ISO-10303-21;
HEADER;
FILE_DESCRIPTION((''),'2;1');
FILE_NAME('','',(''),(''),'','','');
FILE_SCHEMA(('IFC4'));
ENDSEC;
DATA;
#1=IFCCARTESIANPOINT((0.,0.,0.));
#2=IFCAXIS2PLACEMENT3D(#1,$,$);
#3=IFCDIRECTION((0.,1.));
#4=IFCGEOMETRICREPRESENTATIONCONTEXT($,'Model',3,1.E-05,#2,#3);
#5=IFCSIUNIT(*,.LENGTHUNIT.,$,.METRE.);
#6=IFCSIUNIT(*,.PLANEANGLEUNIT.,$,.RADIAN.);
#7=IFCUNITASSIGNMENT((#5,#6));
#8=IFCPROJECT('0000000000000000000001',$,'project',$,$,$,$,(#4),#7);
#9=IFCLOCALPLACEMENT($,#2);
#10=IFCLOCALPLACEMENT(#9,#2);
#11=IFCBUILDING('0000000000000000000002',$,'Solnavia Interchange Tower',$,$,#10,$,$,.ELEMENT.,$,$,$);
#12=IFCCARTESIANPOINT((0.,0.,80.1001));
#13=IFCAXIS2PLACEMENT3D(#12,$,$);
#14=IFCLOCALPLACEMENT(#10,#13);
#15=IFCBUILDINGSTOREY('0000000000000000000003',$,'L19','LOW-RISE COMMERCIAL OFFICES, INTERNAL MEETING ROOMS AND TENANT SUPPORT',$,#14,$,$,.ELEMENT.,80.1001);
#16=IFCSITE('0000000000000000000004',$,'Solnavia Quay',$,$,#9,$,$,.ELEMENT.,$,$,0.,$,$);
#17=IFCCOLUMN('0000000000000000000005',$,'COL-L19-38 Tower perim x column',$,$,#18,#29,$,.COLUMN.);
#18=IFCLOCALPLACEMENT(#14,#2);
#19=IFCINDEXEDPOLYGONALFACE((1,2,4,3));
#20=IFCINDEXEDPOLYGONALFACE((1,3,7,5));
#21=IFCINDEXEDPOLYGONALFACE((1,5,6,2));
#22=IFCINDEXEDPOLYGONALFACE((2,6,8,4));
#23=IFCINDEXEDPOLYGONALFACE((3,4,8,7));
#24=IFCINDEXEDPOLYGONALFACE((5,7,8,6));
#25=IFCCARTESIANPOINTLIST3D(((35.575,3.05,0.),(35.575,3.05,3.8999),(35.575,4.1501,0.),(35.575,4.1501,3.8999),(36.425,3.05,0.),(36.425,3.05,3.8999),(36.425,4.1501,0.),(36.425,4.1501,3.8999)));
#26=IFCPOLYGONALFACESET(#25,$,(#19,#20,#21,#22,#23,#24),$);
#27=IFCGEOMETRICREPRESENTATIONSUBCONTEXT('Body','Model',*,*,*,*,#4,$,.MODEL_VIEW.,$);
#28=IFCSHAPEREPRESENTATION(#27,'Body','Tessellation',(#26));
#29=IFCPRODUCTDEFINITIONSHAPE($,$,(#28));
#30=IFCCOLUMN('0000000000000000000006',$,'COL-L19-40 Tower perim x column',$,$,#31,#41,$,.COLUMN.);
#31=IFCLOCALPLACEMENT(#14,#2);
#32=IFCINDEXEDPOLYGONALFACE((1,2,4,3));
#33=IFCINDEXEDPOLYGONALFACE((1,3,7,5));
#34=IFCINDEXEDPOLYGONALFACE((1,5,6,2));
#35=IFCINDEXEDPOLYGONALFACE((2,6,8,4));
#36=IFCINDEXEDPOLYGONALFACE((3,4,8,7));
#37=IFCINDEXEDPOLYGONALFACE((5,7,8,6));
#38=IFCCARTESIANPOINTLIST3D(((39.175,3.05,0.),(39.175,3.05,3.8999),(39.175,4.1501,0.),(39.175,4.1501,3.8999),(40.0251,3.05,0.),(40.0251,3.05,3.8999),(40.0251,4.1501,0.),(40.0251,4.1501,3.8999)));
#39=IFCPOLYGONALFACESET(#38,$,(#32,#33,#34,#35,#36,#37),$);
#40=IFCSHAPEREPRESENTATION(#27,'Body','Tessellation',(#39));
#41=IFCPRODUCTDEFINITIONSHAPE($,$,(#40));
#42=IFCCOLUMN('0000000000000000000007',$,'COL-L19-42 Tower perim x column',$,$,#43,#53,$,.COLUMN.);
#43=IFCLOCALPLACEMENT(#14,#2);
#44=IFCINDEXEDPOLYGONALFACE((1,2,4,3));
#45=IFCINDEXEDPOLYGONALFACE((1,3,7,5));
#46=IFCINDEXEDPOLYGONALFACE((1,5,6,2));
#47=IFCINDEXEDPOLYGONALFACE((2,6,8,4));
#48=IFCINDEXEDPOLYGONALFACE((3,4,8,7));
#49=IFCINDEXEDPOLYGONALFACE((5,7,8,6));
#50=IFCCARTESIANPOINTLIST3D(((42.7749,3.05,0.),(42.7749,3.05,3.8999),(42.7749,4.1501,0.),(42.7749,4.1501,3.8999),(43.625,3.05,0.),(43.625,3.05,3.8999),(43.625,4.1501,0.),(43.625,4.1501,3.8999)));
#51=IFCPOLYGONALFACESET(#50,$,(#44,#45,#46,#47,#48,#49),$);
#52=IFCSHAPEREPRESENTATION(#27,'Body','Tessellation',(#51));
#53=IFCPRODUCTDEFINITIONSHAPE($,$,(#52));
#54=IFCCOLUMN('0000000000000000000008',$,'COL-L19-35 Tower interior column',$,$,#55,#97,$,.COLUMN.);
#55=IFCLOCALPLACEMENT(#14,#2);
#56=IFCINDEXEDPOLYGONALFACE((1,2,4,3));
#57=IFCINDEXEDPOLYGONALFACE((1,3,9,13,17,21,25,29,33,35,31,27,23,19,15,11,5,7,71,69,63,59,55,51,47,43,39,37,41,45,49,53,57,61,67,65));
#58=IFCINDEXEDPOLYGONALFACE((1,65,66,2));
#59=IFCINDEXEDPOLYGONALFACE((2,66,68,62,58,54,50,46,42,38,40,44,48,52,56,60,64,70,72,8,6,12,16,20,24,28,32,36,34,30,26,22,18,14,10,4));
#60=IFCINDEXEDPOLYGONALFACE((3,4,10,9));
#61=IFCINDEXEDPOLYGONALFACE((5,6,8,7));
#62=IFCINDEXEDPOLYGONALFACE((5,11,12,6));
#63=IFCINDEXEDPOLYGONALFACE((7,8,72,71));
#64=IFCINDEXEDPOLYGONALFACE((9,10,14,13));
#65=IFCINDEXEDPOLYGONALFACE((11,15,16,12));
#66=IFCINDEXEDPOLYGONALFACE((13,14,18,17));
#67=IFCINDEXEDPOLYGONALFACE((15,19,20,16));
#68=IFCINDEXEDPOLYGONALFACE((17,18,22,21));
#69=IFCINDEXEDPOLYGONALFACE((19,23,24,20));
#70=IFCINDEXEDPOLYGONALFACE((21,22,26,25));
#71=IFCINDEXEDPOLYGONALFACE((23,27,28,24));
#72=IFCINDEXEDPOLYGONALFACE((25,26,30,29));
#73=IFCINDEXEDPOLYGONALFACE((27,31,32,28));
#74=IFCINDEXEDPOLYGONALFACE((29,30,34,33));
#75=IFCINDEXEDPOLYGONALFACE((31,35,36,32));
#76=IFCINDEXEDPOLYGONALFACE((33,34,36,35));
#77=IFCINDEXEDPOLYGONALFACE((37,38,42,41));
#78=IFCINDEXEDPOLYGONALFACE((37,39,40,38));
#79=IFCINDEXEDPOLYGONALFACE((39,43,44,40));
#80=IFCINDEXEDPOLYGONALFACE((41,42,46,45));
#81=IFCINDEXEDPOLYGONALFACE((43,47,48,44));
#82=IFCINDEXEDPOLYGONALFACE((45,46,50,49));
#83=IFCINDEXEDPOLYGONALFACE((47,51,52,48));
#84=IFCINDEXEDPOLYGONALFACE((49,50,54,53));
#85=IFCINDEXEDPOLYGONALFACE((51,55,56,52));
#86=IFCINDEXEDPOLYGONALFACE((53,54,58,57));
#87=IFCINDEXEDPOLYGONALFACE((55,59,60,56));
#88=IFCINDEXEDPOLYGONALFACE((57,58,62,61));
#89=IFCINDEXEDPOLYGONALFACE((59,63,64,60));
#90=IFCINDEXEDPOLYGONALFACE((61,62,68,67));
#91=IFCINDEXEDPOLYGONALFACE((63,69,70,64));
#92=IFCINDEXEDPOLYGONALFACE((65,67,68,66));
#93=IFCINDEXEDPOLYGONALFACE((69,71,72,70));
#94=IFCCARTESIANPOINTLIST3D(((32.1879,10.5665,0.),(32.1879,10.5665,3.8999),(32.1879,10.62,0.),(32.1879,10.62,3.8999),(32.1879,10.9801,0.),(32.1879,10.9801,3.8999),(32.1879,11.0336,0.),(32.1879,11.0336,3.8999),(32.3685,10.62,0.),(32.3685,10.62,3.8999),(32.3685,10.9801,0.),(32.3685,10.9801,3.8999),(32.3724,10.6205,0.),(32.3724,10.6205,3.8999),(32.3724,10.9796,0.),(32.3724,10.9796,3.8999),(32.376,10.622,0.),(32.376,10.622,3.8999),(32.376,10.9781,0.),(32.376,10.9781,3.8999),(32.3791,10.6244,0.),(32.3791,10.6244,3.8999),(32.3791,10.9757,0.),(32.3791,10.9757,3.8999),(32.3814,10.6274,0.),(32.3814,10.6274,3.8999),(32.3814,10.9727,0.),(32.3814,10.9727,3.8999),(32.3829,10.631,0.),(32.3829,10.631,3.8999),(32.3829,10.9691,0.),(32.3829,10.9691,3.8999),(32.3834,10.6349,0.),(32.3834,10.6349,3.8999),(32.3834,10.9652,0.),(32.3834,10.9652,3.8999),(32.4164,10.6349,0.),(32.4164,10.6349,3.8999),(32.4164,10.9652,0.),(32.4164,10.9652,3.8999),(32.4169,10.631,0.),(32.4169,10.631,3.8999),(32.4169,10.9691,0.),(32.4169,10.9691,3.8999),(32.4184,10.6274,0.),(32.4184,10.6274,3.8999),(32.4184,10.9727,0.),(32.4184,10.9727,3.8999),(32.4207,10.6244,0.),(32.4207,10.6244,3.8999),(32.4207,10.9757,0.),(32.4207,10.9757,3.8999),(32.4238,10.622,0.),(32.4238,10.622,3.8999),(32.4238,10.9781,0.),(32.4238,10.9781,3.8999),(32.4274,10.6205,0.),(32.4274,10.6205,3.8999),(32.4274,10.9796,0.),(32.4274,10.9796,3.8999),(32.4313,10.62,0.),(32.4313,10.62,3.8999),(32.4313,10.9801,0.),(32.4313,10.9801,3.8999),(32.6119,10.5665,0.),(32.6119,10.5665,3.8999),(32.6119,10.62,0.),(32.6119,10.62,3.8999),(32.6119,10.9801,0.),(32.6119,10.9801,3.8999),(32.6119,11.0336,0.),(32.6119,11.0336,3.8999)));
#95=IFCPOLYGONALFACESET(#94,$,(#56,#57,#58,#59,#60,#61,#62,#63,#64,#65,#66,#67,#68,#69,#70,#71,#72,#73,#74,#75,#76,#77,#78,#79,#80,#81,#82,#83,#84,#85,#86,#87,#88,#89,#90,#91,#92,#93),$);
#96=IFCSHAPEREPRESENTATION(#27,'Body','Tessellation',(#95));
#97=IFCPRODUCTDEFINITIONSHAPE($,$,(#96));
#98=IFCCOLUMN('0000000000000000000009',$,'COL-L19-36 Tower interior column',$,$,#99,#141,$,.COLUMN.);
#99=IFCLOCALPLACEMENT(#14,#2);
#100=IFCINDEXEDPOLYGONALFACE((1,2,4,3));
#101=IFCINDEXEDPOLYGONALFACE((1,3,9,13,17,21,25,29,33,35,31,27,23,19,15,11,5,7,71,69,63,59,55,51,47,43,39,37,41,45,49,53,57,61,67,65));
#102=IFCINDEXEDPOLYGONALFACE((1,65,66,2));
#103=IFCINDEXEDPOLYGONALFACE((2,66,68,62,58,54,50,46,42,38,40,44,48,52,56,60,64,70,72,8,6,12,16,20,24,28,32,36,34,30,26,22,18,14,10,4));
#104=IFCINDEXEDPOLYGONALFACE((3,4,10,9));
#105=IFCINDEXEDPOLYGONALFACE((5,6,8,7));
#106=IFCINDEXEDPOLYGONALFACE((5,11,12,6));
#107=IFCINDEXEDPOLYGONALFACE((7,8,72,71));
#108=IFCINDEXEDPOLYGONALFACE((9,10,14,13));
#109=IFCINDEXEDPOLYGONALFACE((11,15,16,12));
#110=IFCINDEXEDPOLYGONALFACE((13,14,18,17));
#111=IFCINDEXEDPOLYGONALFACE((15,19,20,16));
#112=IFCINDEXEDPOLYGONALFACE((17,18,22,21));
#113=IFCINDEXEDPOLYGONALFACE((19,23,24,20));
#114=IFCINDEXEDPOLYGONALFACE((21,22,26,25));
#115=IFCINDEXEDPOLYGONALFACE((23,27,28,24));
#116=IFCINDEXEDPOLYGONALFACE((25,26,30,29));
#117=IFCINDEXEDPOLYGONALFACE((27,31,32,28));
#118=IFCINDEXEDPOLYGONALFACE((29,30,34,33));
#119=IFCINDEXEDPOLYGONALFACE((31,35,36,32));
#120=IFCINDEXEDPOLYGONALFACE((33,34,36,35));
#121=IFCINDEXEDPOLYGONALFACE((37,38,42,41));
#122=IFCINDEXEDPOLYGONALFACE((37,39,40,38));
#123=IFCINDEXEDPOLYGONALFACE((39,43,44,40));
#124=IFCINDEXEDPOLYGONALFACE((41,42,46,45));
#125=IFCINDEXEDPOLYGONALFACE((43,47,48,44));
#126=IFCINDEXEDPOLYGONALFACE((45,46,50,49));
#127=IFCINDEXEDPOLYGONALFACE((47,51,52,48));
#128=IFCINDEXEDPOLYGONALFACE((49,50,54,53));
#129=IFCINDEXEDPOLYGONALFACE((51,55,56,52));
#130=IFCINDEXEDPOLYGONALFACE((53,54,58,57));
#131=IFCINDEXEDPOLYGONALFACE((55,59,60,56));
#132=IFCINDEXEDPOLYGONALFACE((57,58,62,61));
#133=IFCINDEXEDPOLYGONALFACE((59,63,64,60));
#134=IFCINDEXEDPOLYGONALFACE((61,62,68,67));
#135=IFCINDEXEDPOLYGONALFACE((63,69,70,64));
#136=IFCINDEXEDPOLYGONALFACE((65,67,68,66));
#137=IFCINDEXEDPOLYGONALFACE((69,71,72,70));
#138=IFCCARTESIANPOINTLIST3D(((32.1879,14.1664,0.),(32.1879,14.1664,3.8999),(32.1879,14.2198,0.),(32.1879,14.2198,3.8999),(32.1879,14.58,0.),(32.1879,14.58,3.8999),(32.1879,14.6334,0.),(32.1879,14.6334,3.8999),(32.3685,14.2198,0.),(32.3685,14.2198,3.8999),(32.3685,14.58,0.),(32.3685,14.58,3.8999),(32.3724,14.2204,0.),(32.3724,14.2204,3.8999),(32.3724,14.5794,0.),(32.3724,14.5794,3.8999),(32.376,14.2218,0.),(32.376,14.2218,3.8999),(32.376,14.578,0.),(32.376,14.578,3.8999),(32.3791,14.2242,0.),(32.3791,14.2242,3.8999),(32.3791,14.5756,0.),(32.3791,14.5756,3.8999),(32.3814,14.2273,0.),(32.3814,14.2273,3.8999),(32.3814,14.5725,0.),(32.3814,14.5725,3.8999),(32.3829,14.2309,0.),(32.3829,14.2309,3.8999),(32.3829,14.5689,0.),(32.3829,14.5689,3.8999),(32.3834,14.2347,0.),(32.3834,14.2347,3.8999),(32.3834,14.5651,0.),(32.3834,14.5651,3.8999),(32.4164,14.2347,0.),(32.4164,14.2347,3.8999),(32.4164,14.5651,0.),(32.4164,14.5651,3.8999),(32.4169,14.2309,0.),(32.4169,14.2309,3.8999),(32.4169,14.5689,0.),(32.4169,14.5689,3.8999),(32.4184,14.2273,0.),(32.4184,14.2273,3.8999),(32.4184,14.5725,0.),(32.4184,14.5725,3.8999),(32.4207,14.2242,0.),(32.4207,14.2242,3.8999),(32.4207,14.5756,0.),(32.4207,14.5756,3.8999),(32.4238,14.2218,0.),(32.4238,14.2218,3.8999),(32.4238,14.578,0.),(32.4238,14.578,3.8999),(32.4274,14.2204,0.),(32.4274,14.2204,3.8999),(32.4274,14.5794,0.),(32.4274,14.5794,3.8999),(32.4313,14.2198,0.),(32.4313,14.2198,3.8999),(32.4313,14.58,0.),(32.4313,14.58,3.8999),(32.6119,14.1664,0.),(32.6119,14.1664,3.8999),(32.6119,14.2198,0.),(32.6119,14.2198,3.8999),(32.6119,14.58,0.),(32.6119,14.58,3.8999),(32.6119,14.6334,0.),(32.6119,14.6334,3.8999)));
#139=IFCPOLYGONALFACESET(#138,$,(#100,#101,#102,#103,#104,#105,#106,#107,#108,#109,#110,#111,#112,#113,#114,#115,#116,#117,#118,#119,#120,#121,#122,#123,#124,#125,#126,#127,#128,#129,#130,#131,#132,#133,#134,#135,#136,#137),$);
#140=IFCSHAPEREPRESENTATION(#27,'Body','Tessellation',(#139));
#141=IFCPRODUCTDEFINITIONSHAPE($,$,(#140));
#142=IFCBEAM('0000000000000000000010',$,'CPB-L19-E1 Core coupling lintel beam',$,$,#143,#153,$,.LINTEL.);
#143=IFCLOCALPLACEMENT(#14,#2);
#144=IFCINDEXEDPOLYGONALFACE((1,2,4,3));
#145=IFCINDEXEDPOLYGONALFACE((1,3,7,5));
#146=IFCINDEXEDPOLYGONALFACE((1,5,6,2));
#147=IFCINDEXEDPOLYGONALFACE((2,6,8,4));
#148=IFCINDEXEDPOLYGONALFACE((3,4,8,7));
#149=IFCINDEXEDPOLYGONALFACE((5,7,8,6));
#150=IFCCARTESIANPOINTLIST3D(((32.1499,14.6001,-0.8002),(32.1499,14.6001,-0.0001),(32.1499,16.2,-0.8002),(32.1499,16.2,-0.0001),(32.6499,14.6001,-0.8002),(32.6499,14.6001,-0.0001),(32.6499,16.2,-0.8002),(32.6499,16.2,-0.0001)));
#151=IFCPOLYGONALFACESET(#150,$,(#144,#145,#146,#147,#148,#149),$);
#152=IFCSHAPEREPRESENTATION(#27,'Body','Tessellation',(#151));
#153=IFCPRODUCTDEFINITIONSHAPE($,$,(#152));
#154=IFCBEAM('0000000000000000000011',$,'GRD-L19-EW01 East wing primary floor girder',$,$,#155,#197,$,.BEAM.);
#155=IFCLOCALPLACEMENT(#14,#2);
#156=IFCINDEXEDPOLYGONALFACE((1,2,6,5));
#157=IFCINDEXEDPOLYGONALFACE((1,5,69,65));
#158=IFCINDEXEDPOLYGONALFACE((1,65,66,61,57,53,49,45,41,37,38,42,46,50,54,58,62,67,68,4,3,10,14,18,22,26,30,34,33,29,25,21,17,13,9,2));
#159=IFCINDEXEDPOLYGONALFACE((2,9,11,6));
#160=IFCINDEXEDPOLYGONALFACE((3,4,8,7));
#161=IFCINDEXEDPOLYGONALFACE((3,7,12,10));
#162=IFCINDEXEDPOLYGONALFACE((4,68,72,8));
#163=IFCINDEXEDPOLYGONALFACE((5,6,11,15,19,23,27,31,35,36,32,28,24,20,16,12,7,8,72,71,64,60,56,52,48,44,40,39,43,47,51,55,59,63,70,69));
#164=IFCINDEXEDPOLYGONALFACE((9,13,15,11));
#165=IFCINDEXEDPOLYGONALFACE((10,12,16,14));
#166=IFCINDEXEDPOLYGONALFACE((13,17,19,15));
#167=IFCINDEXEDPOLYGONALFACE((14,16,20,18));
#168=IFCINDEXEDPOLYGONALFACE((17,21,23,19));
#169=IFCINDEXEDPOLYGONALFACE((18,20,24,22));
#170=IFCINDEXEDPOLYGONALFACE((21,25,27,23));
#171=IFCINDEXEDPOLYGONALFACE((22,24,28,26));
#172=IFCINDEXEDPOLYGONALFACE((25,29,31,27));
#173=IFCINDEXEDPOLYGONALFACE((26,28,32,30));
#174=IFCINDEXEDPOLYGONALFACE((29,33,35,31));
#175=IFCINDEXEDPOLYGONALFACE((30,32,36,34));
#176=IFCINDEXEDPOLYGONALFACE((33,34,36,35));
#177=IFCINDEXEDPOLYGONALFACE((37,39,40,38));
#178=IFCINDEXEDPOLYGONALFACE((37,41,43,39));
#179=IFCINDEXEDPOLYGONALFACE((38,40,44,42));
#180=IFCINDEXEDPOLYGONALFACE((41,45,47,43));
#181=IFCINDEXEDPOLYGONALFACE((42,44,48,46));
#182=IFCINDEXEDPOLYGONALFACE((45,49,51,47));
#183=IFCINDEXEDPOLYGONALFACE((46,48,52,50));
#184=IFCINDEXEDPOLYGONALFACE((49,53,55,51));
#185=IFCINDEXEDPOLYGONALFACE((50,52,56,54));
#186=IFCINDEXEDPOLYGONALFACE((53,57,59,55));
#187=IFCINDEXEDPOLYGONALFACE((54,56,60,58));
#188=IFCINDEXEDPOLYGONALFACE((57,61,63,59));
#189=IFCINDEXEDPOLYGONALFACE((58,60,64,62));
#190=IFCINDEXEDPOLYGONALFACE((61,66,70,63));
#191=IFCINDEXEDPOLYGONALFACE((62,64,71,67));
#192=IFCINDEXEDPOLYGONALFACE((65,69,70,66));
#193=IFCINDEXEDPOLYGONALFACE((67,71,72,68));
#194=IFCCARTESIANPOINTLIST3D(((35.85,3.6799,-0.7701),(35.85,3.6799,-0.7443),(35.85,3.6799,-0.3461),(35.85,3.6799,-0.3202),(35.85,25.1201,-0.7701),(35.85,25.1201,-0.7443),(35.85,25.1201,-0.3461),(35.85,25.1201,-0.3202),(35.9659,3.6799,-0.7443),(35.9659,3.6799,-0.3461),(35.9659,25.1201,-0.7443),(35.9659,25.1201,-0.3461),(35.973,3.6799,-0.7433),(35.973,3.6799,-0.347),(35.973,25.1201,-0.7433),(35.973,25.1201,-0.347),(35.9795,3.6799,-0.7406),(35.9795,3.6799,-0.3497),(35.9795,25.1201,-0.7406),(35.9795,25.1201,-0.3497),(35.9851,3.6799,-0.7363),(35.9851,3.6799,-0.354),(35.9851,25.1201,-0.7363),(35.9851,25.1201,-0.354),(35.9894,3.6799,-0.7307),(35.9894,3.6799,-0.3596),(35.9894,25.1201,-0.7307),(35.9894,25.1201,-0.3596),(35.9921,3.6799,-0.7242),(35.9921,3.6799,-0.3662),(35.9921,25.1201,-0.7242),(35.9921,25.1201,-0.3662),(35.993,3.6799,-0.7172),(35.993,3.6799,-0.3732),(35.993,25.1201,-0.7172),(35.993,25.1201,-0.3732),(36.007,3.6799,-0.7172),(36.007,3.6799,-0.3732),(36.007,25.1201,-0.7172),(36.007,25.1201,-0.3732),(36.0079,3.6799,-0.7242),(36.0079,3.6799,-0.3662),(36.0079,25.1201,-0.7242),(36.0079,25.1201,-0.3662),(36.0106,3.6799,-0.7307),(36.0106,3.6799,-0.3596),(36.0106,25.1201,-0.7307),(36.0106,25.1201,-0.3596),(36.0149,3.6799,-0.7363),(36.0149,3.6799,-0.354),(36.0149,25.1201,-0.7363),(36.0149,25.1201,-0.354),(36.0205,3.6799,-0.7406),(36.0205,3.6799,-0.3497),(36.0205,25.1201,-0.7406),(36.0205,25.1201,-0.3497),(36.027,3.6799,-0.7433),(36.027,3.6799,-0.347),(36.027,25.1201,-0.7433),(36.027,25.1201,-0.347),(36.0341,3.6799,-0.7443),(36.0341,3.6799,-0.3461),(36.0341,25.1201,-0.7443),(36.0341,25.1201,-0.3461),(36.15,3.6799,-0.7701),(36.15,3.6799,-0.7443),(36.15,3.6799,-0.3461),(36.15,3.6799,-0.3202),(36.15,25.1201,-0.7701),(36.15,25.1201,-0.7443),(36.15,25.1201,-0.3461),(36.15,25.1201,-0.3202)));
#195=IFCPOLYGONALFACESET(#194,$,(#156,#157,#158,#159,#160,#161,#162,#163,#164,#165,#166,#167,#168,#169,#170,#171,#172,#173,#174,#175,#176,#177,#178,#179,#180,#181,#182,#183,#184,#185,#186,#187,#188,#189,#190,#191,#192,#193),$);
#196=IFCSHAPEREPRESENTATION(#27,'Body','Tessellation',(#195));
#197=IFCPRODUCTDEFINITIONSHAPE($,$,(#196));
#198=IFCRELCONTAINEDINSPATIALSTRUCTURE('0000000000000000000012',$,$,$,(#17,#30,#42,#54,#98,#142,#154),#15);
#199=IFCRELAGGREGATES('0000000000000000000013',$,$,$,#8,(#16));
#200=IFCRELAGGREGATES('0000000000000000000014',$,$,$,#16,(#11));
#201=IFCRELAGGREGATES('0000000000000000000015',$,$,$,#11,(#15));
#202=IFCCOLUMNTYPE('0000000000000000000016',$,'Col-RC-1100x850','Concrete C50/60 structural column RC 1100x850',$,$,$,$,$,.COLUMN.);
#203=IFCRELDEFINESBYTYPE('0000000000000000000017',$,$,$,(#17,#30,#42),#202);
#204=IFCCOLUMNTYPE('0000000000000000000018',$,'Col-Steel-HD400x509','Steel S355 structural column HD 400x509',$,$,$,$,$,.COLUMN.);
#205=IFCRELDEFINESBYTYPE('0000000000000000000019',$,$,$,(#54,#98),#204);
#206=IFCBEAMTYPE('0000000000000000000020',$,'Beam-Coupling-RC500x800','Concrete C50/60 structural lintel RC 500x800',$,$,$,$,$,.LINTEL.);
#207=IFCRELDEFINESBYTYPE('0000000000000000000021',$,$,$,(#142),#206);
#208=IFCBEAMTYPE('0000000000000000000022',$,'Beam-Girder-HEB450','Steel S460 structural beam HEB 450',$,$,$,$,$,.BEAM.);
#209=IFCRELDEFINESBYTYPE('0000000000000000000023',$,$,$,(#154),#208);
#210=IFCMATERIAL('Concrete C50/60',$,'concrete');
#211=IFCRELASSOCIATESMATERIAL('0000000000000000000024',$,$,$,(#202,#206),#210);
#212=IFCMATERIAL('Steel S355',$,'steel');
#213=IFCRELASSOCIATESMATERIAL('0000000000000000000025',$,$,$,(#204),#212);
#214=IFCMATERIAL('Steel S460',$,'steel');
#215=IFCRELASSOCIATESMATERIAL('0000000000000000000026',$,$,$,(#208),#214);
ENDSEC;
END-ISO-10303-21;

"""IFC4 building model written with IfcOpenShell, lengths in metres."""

from ifc_helpers import new_model, si_unit, direction, frame, origin, origin_2d, place, context, subcontext, project, spatial, rectangle, i_section, extrude, material, material_profile, profile_set, type_object, element, save


model = new_model("IFC4")

# Units and contexts
model_context = context("Model", 3, precision=1e-05, world=origin(), true_north=direction((0.0, 1.0)))
body_context = subcontext(model_context, "Body", "Model", "MODEL_VIEW")
ifc_project = project(units=[si_unit("LENGTHUNIT", "METRE"), si_unit("PLANEANGLEUNIT", "RADIAN")], contexts=[model_context])

# Site, building, storey
site_placement = place(None, origin())
site = spatial("IfcSite", under=ifc_project, at=site_placement, Name="Solnavia Quay", CompositionType="ELEMENT", RefElevation=0.0)
building_placement = place(site_placement, origin())
building = spatial("IfcBuilding", under=site, at=building_placement, Name="Solnavia Interchange Tower", CompositionType="ELEMENT")
storey_placement = place(building_placement, frame((0.0, 0.0, 80.1001)))
storey = spatial("IfcBuildingStorey", under=building, at=storey_placement, Name="L19", Description="LOW-RISE COMMERCIAL OFFICES, INTERNAL MEETING ROOMS AND TENANT SUPPORT", CompositionType="ELEMENT", Elevation=80.1001)

# Columns
ifc_material_1 = material(Name="Concrete C50/60", Category="concrete")
ifc_material_profile_1 = material_profile(ifc_material_1, rectangle(XDim=0.8501, YDim=1.1001, at=origin_2d()), Name="RC 1100x850")
ifc_profile_set_1 = profile_set([ifc_material_profile_1], Name="Concrete C50/60")
column_type_1 = type_object("IfcColumnType", Name="Col-RC-1100x850", Description="Concrete C50/60 structural column RC 1100x850", PredefinedType="COLUMN", material=ifc_profile_set_1)
for number, where, z_axis, x_axis, name in (
    (1, (36.0, 3.6001, 0.0), (0.0, 0.0, 1.0), (1.0, 0.0, 0.0), "COL-L19-38 Tower perim x column"),
    (2, (39.6001, 3.6001, 0.0), (0.0, 0.0, 1.0), (1.0, 0.0, 0.0), "COL-L19-40 Tower perim x column"),
    (3, (43.2, 3.6001, 0.0), (0.0, 0.0, 1.0), (1.0, 0.0, 0.0), "COL-L19-42 Tower perim x column"),
):
    element("IfcColumn", number, at=place(storey_placement, frame(where, z_axis=z_axis, x_axis=x_axis)), inside=storey, type_object=column_type_1, Name=name, PredefinedType="COLUMN", context=body_context, shape_type="SweptSolid", body=[
        extrude(rectangle(XDim=0.8501, YDim=1.1001, at=origin_2d()), origin(), (0.0, 0.0, 1.0), 3.8999),
    ])
ifc_material_2 = material(Name="Steel S355", Category="steel")
ifc_material_profile_2 = material_profile(ifc_material_2, i_section(OverallWidth=0.4241, OverallDepth=0.467, WebThickness=0.033, FlangeThickness=0.0535, FilletRadius=0.0149, at=origin_2d()), Name="HD 400x509")
ifc_profile_set_2 = profile_set([ifc_material_profile_2], Name="Steel S355")
column_type_2 = type_object("IfcColumnType", Name="Col-Steel-HD400x509", Description="Steel S355 structural column HD 400x509", PredefinedType="COLUMN", material=ifc_profile_set_2)
for number, where, z_axis, x_axis, name in (
    (4, (32.3999, 10.8, 0.0), (0.0, 0.0, 1.0), (1.0, 0.0, 0.0), "COL-L19-35 Tower interior column"),
    (5, (32.3999, 14.3999, 0.0), (0.0, 0.0, 1.0), (1.0, 0.0, 0.0), "COL-L19-36 Tower interior column"),
):
    element("IfcColumn", number, at=place(storey_placement, frame(where, z_axis=z_axis, x_axis=x_axis)), inside=storey, type_object=column_type_2, Name=name, PredefinedType="COLUMN", context=body_context, shape_type="SweptSolid", body=[
        extrude(i_section(OverallWidth=0.4241, OverallDepth=0.467, WebThickness=0.033, FlangeThickness=0.0535, FilletRadius=0.0149, at=origin_2d()), origin(), (0.0, 0.0, 1.0), 3.8999),
    ])

# Beams
ifc_material_profile_3 = material_profile(ifc_material_1, rectangle(XDim=0.5, YDim=0.8, at=origin_2d()), Name="RC 500x800")
ifc_profile_set_3 = profile_set([ifc_material_profile_3], Name="Concrete C50/60")
beam_type_1 = type_object("IfcBeamType", Name="Beam-Coupling-RC500x800", Description="Concrete C50/60 structural lintel RC 500x800", PredefinedType="LINTEL", material=ifc_profile_set_3)
beam_1_placement = place(storey_placement, frame((32.3999, 14.6001, -0.4001), z_axis=(0.0, 1.0, 0.0), x_axis=(-1.0, 0.0, 0.0)))
element("IfcBeam", 6, at=beam_1_placement, inside=storey, type_object=beam_type_1, Name="CPB-L19-E1 Core coupling lintel beam", PredefinedType="LINTEL", context=body_context, shape_type="SweptSolid", body=[
    extrude(rectangle(XDim=0.5, YDim=0.8, at=origin_2d()), origin(), (0.0, 0.0, 1.0), 1.5999),
])
ifc_material_3 = material(Name="Steel S460", Category="steel")
ifc_material_profile_4 = material_profile(ifc_material_3, i_section(OverallWidth=0.3, OverallDepth=0.45, WebThickness=0.0139, FlangeThickness=0.0259, FilletRadius=0.0271, at=origin_2d()), Name="HEB 450")
ifc_profile_set_4 = profile_set([ifc_material_profile_4], Name="Steel S460")
beam_type_2 = type_object("IfcBeamType", Name="Beam-Girder-HEB450", Description="Steel S460 structural beam HEB 450", PredefinedType="BEAM", material=ifc_profile_set_4)
beam_2_placement = place(storey_placement, frame((36.0, 3.6799, -0.5452), z_axis=(0.0, 1.0, 0.0), x_axis=(-1.0, 0.0, 0.0)))
element("IfcBeam", 7, at=beam_2_placement, inside=storey, type_object=beam_type_2, Name="GRD-L19-EW01 East wing primary floor girder", PredefinedType="BEAM", context=body_context, shape_type="SweptSolid", body=[
    extrude(i_section(OverallWidth=0.3, OverallDepth=0.45, WebThickness=0.0139, FlangeThickness=0.0259, FilletRadius=0.0271, at=origin_2d()), origin(), (0.0, 0.0, 1.0), 21.4402),
])

save(model, "model.ifc")
